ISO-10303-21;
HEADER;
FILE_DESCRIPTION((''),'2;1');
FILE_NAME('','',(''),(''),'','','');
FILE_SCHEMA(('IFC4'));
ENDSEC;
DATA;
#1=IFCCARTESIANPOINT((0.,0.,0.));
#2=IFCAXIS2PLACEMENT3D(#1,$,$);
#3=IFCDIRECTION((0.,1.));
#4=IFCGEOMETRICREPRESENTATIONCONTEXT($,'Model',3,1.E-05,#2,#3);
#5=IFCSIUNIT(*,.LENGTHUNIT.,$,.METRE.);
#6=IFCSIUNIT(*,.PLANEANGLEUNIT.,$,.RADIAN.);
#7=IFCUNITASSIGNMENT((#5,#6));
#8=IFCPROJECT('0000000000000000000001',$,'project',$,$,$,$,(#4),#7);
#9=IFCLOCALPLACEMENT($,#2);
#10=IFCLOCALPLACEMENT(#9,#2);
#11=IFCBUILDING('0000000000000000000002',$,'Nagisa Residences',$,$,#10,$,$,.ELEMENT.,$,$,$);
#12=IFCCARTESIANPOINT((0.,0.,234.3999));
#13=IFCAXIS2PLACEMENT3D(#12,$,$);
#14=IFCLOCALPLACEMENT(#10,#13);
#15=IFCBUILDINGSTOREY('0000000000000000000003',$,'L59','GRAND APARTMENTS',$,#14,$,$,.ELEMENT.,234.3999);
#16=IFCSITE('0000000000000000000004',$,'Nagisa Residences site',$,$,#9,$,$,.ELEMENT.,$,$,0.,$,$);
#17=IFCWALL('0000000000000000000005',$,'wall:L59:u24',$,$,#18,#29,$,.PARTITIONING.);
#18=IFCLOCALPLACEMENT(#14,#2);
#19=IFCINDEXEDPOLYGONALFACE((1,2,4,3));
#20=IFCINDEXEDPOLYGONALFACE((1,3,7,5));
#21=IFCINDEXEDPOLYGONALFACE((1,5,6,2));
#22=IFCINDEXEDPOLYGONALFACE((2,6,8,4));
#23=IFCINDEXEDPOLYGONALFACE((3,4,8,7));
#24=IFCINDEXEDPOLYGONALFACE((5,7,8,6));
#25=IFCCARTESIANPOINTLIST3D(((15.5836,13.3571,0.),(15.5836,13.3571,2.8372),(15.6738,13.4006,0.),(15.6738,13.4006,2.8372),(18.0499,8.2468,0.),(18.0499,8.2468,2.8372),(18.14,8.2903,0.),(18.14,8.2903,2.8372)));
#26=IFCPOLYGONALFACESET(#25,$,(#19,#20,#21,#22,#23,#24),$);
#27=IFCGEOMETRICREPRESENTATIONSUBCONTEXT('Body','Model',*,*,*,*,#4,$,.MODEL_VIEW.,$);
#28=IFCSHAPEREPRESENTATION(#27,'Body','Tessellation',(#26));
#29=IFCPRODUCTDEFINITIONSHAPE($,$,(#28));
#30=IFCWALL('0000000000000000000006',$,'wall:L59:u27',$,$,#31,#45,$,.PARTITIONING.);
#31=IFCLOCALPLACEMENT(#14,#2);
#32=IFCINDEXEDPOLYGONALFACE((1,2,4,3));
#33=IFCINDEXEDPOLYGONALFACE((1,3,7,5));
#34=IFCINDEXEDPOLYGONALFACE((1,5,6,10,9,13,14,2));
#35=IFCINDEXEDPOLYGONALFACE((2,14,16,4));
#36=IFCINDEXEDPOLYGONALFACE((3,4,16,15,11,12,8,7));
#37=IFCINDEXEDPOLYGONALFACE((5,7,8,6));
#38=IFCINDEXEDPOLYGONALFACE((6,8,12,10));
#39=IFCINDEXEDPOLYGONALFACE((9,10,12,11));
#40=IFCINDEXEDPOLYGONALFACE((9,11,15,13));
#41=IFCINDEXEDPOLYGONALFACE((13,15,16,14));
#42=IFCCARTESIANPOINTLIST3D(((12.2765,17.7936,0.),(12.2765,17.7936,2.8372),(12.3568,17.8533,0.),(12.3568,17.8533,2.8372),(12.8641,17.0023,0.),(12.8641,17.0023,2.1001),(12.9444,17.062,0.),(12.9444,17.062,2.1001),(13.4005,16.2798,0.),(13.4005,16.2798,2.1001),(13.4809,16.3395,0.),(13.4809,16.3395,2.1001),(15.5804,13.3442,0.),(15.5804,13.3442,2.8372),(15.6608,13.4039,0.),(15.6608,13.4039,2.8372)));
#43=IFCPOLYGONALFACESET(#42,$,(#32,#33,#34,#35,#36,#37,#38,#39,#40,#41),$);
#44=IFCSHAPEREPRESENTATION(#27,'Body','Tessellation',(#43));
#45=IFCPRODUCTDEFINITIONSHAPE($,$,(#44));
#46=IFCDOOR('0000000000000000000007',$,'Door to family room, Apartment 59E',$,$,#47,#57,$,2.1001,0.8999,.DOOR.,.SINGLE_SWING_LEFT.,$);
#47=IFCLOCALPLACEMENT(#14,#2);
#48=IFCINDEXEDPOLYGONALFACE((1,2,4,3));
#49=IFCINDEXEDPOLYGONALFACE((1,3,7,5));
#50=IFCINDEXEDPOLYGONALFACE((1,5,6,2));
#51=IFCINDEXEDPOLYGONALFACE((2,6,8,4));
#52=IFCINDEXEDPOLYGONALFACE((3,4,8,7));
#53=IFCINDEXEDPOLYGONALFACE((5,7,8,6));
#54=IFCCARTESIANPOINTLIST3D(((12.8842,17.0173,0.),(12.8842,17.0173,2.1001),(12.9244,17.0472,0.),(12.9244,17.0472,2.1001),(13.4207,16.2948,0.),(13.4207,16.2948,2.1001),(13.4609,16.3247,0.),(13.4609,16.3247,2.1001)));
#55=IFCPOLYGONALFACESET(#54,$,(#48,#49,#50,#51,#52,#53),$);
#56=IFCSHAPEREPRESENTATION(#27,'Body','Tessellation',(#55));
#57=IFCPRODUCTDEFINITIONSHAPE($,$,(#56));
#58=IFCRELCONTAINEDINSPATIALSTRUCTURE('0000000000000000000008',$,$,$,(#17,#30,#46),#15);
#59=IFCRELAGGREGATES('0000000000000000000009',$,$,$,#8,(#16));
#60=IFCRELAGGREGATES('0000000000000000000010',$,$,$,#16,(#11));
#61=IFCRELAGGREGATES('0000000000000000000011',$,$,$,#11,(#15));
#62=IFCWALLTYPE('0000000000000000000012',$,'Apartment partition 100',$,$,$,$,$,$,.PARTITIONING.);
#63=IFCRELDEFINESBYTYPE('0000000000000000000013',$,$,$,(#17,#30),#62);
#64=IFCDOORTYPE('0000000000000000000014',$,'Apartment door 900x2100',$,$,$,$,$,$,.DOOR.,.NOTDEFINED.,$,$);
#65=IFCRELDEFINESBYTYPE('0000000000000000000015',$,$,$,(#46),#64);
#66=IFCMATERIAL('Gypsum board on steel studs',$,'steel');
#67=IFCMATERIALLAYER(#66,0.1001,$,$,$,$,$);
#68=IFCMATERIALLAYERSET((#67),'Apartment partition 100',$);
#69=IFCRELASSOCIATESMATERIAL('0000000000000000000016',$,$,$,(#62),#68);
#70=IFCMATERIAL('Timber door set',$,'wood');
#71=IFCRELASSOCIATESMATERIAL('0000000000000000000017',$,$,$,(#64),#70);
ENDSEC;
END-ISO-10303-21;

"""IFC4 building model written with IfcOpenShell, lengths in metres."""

from ifc_helpers import new_model, si_unit, direction, frame, frame_2d, origin, place, context, subcontext, project, spatial, rectangle, extrude, material, layer, layer_set, type_object, element, fill, save


model = new_model("IFC4")

# Units and contexts
model_context = context("Model", 3, precision=1e-05, world=origin(), true_north=direction((0.0, 1.0)))
body_context = subcontext(model_context, "Body", "Model", "MODEL_VIEW")
ifc_project = project(units=[si_unit("LENGTHUNIT", "METRE"), si_unit("PLANEANGLEUNIT", "RADIAN")], contexts=[model_context])

# Site, building, storey
site_placement = place(None, origin())
site = spatial("IfcSite", under=ifc_project, at=site_placement, Name="Nagisa Residences site", CompositionType="ELEMENT", RefElevation=0.0)
building_placement = place(site_placement, origin())
building = spatial("IfcBuilding", under=site, at=building_placement, Name="Nagisa Residences", CompositionType="ELEMENT")
storey_placement = place(building_placement, frame((0.0, 0.0, 234.3999)))
storey = spatial("IfcBuildingStorey", under=building, at=storey_placement, Name="L59", Description="GRAND APARTMENTS", CompositionType="ELEMENT", Elevation=234.3999)

# Shared definitions
ifc_material_1 = material(Name="Gypsum board on steel studs", Category="steel")
ifc_layer_1 = layer(ifc_material_1, 0.1001)
ifc_layer_set_1 = layer_set([ifc_layer_1], Name="Apartment partition 100")
wall_type_1 = type_object("IfcWallType", Name="Apartment partition 100", PredefinedType="PARTITIONING", material=ifc_layer_set_1)

# Shared definitions
ifc_material_2 = material(Name="Timber door set", Category="wood")
door_type_1 = type_object("IfcDoorType", Name="Apartment door 900x2100", OperationType="NOTDEFINED", PredefinedType="DOOR", material=ifc_material_2)

# Wall
wall_1_placement = place(storey_placement, frame((18.095, 8.2686, 0.0), z_axis=(0.0, 0.0, 1.0), x_axis=(-0.434641, 0.900604, 0.0)))
element("IfcWall", 1, at=wall_1_placement, inside=storey, type_object=wall_type_1, Name="wall:L59:u24", PredefinedType="PARTITIONING", context=body_context, shape_type="SweptSolid", body=[
    extrude(rectangle(XDim=5.6743, YDim=0.1001, at=frame_2d((2.8372, 0.0))), origin(), (0.0, 0.0, 1.0), 2.8372),
])

# Wall, opening, door
wall_2_placement = place(storey_placement, frame((15.6206, 13.374, 0.0), z_axis=(0.0, 0.0, 1.0), x_axis=(-0.596166, 0.802861, 0.0)))
wall_2 = element("IfcWall", 2, at=wall_2_placement, inside=storey, type_object=wall_type_1, Name="wall:L59:u27", PredefinedType="PARTITIONING", context=body_context, shape_type="SweptSolid", body=[
    extrude(rectangle(XDim=5.542, YDim=0.1001, at=frame_2d((2.771, 0.0))), origin(), (0.0, 0.0, 1.0), 2.8372),
])
opening_1_placement = place(wall_2_placement, frame((3.6565, 0.0, 0.0)))
opening_1 = element("IfcOpeningElement", 3, at=opening_1_placement, cuts=wall_2, PredefinedType="OPENING", context=body_context, shape_type="SweptSolid", body=[
    extrude(rectangle(XDim=0.8999, YDim=2.1001, at=frame_2d((0.45, 1.05))), frame((0.0, 0.0601, 0.0), z_axis=(0.0, -1.0, 0.0), x_axis=(1.0, 0.0, 0.0)), (0.0, 0.0, 1.0), 0.1201),
])
door_1_placement = place(opening_1_placement, origin())
door_1 = element("IfcDoor", 4, at=door_1_placement, inside=storey, type_object=door_type_1, Name="Door to family room, Apartment 59E", OperationType="SINGLE_SWING_LEFT", OverallHeight=2.1001, OverallWidth=0.8999, PredefinedType="DOOR", context=body_context, shape_type="SweptSolid", body=[
    extrude(rectangle(XDim=0.8999, YDim=2.1001, at=frame_2d((0.45, 1.05))), frame((0.0, 0.0249, 0.0), z_axis=(0.0, -1.0, 0.0), x_axis=(1.0, 0.0, 0.0)), (0.0, 0.0, 1.0), 0.05),
])
fill(opening_1, door_1)

save(model, "model.ifc")
